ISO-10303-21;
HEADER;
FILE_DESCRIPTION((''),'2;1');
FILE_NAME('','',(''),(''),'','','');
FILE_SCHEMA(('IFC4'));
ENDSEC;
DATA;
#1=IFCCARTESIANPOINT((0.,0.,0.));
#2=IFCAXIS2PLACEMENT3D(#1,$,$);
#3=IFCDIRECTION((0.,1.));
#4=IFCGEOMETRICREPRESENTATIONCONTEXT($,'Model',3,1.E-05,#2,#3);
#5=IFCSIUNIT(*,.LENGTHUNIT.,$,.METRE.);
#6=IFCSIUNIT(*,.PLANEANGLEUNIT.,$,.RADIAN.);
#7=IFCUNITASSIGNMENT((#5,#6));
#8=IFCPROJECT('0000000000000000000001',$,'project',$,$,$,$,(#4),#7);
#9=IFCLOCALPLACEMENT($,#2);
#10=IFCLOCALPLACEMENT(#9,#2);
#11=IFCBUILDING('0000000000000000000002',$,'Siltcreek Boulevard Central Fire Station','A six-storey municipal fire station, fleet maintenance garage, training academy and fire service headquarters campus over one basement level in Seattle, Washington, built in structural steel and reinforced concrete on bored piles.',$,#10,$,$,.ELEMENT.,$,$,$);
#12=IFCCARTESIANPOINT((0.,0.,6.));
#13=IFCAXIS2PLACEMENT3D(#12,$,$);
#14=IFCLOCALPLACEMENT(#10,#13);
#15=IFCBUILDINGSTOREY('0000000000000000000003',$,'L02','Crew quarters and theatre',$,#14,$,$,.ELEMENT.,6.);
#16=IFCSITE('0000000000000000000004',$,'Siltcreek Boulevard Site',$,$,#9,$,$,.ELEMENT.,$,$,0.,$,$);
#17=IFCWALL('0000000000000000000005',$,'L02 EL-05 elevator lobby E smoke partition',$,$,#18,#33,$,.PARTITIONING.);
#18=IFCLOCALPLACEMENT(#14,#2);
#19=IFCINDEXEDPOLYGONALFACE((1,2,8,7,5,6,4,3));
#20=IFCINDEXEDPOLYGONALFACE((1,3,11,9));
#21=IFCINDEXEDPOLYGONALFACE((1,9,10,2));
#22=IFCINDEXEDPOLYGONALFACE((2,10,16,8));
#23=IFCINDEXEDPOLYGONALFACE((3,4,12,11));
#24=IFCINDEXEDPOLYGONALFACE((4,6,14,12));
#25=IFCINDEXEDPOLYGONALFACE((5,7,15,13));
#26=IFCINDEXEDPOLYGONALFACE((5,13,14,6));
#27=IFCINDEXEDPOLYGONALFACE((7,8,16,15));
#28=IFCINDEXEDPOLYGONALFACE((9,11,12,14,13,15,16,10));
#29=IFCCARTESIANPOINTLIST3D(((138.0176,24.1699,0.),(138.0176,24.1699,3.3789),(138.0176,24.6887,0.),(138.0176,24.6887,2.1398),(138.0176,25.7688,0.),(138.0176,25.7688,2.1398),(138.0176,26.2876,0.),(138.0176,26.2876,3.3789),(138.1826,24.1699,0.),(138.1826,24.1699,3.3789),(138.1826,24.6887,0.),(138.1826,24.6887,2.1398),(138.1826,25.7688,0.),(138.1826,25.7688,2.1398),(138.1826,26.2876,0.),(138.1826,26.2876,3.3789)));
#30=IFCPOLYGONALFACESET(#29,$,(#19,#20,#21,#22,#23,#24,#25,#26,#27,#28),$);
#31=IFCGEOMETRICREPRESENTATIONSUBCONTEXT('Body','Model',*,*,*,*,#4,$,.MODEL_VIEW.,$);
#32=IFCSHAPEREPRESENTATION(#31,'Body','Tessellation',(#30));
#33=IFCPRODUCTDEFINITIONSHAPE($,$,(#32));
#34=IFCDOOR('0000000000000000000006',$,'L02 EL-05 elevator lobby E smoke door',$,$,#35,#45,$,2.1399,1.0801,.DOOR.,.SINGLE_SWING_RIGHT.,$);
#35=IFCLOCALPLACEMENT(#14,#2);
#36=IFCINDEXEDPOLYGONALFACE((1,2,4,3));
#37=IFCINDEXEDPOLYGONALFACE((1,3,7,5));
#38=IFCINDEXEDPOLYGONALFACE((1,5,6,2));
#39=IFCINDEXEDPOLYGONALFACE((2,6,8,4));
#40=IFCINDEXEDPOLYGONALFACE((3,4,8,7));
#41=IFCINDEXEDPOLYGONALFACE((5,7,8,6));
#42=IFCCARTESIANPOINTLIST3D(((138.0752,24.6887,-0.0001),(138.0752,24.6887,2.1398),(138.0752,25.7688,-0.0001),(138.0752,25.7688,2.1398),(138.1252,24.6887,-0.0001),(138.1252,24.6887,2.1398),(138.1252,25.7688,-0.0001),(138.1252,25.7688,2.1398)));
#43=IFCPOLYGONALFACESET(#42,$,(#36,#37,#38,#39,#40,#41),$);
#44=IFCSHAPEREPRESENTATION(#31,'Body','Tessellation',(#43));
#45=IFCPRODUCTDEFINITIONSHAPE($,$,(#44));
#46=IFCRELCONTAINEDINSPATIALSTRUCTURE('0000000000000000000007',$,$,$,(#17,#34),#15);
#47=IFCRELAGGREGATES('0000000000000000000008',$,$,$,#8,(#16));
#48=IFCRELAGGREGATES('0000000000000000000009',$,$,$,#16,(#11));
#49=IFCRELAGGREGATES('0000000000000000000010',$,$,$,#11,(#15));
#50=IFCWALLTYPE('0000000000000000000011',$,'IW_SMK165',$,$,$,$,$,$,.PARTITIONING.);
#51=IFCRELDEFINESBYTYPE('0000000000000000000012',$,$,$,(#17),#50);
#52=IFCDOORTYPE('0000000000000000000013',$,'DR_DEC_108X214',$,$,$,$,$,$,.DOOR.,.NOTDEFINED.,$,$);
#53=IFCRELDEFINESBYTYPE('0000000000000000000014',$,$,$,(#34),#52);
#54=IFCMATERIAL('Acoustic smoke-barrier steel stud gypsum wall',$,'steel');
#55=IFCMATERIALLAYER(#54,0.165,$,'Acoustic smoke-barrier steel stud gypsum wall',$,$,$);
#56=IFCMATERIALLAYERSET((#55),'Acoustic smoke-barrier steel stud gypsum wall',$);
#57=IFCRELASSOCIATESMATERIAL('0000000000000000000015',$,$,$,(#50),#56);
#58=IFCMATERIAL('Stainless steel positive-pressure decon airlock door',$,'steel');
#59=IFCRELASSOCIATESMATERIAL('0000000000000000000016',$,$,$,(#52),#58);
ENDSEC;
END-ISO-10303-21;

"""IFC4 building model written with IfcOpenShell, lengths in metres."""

from ifc_helpers import new_model, si_unit, direction, frame, frame_2d, origin, place, context, subcontext, project, spatial, rectangle, extrude, material, layer, layer_set, type_object, element, fill, save


model = new_model("IFC4")

# Units and contexts
model_context = context("Model", 3, precision=1e-05, world=origin(), true_north=direction((0.0, 1.0)))
body_context = subcontext(model_context, "Body", "Model", "MODEL_VIEW")
ifc_project = project(units=[si_unit("LENGTHUNIT", "METRE"), si_unit("PLANEANGLEUNIT", "RADIAN")], contexts=[model_context])

# Site, building, storey
site_placement = place(None, origin())
site = spatial("IfcSite", under=ifc_project, at=site_placement, Name="Siltcreek Boulevard Site", CompositionType="ELEMENT", RefElevation=0.0)
building_placement = place(site_placement, origin())
building = spatial("IfcBuilding", under=site, at=building_placement, Name="Siltcreek Boulevard Central Fire Station", Description="A six-storey municipal fire station, fleet maintenance garage, training academy and fire service headquarters campus over one basement level in Seattle, Washington, built in structural steel and reinforced concrete on bored piles.", CompositionType="ELEMENT")
storey_placement = place(building_placement, frame((0.0, 0.0, 6.0)))
storey = spatial("IfcBuildingStorey", under=building, at=storey_placement, Name="L02", Description="Crew quarters and theatre", CompositionType="ELEMENT", Elevation=6.0)

# Shared definitions
ifc_material_1 = material(Name="Acoustic smoke-barrier steel stud gypsum wall", Category="steel")
ifc_layer_1 = layer(ifc_material_1, 0.165, Name="Acoustic smoke-barrier steel stud gypsum wall")
ifc_layer_set_1 = layer_set([ifc_layer_1], Name="Acoustic smoke-barrier steel stud gypsum wall")
wall_type_1 = type_object("IfcWallType", Name="IW_SMK165", PredefinedType="PARTITIONING", material=ifc_layer_set_1)

# Wall, opening, door
ifc_material_2 = material(Name="Stainless steel positive-pressure decon airlock door", Category="steel")
door_type_1 = type_object("IfcDoorType", Name="DR_DEC_108X214", OperationType="NOTDEFINED", PredefinedType="DOOR", material=ifc_material_2)
wall_1_placement = place(storey_placement, frame((138.1001, 24.1699, 0.0), z_axis=(0.0, 0.0, 1.0), x_axis=(0.0, 1.0, 0.0)))
wall_1 = element("IfcWall", 1, at=wall_1_placement, inside=storey, type_object=wall_type_1, Name="L02 EL-05 elevator lobby E smoke partition", PredefinedType="PARTITIONING", context=body_context, shape_type="SweptSolid", body=[
    extrude(rectangle(XDim=2.1177, YDim=0.165, at=frame_2d((1.0588, 0.0))), origin(), (0.0, 0.0, 1.0), 3.3789),
])
opening_1_placement = place(wall_1_placement, frame((0.5188, 0.0, 0.0)))
opening_1 = element("IfcOpeningElement", 2, at=opening_1_placement, cuts=wall_1, PredefinedType="OPENING", context=body_context, shape_type="SweptSolid", body=[
    extrude(rectangle(XDim=1.0801, YDim=2.1399, at=frame_2d((0.54, 1.0698))), frame((0.0, 0.0925, 0.0), z_axis=(0.0, -1.0, 0.0), x_axis=(1.0, 0.0, 0.0)), (0.0, 0.0, 1.0), 0.1851),
])
door_1_placement = place(opening_1_placement, origin())
door_1 = element("IfcDoor", 3, at=door_1_placement, inside=storey, type_object=door_type_1, Name="L02 EL-05 elevator lobby E smoke door", OperationType="SINGLE_SWING_RIGHT", OverallHeight=2.1399, OverallWidth=1.0801, PredefinedType="DOOR", context=body_context, shape_type="SweptSolid", body=[
    extrude(rectangle(XDim=1.0801, YDim=2.1399, at=frame_2d((0.54, 1.0698))), frame((0.0, 0.0249, 0.0), z_axis=(0.0, -1.0, 0.0), x_axis=(1.0, 0.0, 0.0)), (0.0, 0.0, 1.0), 0.05),
])
fill(opening_1, door_1)

save(model, "model.ifc")
